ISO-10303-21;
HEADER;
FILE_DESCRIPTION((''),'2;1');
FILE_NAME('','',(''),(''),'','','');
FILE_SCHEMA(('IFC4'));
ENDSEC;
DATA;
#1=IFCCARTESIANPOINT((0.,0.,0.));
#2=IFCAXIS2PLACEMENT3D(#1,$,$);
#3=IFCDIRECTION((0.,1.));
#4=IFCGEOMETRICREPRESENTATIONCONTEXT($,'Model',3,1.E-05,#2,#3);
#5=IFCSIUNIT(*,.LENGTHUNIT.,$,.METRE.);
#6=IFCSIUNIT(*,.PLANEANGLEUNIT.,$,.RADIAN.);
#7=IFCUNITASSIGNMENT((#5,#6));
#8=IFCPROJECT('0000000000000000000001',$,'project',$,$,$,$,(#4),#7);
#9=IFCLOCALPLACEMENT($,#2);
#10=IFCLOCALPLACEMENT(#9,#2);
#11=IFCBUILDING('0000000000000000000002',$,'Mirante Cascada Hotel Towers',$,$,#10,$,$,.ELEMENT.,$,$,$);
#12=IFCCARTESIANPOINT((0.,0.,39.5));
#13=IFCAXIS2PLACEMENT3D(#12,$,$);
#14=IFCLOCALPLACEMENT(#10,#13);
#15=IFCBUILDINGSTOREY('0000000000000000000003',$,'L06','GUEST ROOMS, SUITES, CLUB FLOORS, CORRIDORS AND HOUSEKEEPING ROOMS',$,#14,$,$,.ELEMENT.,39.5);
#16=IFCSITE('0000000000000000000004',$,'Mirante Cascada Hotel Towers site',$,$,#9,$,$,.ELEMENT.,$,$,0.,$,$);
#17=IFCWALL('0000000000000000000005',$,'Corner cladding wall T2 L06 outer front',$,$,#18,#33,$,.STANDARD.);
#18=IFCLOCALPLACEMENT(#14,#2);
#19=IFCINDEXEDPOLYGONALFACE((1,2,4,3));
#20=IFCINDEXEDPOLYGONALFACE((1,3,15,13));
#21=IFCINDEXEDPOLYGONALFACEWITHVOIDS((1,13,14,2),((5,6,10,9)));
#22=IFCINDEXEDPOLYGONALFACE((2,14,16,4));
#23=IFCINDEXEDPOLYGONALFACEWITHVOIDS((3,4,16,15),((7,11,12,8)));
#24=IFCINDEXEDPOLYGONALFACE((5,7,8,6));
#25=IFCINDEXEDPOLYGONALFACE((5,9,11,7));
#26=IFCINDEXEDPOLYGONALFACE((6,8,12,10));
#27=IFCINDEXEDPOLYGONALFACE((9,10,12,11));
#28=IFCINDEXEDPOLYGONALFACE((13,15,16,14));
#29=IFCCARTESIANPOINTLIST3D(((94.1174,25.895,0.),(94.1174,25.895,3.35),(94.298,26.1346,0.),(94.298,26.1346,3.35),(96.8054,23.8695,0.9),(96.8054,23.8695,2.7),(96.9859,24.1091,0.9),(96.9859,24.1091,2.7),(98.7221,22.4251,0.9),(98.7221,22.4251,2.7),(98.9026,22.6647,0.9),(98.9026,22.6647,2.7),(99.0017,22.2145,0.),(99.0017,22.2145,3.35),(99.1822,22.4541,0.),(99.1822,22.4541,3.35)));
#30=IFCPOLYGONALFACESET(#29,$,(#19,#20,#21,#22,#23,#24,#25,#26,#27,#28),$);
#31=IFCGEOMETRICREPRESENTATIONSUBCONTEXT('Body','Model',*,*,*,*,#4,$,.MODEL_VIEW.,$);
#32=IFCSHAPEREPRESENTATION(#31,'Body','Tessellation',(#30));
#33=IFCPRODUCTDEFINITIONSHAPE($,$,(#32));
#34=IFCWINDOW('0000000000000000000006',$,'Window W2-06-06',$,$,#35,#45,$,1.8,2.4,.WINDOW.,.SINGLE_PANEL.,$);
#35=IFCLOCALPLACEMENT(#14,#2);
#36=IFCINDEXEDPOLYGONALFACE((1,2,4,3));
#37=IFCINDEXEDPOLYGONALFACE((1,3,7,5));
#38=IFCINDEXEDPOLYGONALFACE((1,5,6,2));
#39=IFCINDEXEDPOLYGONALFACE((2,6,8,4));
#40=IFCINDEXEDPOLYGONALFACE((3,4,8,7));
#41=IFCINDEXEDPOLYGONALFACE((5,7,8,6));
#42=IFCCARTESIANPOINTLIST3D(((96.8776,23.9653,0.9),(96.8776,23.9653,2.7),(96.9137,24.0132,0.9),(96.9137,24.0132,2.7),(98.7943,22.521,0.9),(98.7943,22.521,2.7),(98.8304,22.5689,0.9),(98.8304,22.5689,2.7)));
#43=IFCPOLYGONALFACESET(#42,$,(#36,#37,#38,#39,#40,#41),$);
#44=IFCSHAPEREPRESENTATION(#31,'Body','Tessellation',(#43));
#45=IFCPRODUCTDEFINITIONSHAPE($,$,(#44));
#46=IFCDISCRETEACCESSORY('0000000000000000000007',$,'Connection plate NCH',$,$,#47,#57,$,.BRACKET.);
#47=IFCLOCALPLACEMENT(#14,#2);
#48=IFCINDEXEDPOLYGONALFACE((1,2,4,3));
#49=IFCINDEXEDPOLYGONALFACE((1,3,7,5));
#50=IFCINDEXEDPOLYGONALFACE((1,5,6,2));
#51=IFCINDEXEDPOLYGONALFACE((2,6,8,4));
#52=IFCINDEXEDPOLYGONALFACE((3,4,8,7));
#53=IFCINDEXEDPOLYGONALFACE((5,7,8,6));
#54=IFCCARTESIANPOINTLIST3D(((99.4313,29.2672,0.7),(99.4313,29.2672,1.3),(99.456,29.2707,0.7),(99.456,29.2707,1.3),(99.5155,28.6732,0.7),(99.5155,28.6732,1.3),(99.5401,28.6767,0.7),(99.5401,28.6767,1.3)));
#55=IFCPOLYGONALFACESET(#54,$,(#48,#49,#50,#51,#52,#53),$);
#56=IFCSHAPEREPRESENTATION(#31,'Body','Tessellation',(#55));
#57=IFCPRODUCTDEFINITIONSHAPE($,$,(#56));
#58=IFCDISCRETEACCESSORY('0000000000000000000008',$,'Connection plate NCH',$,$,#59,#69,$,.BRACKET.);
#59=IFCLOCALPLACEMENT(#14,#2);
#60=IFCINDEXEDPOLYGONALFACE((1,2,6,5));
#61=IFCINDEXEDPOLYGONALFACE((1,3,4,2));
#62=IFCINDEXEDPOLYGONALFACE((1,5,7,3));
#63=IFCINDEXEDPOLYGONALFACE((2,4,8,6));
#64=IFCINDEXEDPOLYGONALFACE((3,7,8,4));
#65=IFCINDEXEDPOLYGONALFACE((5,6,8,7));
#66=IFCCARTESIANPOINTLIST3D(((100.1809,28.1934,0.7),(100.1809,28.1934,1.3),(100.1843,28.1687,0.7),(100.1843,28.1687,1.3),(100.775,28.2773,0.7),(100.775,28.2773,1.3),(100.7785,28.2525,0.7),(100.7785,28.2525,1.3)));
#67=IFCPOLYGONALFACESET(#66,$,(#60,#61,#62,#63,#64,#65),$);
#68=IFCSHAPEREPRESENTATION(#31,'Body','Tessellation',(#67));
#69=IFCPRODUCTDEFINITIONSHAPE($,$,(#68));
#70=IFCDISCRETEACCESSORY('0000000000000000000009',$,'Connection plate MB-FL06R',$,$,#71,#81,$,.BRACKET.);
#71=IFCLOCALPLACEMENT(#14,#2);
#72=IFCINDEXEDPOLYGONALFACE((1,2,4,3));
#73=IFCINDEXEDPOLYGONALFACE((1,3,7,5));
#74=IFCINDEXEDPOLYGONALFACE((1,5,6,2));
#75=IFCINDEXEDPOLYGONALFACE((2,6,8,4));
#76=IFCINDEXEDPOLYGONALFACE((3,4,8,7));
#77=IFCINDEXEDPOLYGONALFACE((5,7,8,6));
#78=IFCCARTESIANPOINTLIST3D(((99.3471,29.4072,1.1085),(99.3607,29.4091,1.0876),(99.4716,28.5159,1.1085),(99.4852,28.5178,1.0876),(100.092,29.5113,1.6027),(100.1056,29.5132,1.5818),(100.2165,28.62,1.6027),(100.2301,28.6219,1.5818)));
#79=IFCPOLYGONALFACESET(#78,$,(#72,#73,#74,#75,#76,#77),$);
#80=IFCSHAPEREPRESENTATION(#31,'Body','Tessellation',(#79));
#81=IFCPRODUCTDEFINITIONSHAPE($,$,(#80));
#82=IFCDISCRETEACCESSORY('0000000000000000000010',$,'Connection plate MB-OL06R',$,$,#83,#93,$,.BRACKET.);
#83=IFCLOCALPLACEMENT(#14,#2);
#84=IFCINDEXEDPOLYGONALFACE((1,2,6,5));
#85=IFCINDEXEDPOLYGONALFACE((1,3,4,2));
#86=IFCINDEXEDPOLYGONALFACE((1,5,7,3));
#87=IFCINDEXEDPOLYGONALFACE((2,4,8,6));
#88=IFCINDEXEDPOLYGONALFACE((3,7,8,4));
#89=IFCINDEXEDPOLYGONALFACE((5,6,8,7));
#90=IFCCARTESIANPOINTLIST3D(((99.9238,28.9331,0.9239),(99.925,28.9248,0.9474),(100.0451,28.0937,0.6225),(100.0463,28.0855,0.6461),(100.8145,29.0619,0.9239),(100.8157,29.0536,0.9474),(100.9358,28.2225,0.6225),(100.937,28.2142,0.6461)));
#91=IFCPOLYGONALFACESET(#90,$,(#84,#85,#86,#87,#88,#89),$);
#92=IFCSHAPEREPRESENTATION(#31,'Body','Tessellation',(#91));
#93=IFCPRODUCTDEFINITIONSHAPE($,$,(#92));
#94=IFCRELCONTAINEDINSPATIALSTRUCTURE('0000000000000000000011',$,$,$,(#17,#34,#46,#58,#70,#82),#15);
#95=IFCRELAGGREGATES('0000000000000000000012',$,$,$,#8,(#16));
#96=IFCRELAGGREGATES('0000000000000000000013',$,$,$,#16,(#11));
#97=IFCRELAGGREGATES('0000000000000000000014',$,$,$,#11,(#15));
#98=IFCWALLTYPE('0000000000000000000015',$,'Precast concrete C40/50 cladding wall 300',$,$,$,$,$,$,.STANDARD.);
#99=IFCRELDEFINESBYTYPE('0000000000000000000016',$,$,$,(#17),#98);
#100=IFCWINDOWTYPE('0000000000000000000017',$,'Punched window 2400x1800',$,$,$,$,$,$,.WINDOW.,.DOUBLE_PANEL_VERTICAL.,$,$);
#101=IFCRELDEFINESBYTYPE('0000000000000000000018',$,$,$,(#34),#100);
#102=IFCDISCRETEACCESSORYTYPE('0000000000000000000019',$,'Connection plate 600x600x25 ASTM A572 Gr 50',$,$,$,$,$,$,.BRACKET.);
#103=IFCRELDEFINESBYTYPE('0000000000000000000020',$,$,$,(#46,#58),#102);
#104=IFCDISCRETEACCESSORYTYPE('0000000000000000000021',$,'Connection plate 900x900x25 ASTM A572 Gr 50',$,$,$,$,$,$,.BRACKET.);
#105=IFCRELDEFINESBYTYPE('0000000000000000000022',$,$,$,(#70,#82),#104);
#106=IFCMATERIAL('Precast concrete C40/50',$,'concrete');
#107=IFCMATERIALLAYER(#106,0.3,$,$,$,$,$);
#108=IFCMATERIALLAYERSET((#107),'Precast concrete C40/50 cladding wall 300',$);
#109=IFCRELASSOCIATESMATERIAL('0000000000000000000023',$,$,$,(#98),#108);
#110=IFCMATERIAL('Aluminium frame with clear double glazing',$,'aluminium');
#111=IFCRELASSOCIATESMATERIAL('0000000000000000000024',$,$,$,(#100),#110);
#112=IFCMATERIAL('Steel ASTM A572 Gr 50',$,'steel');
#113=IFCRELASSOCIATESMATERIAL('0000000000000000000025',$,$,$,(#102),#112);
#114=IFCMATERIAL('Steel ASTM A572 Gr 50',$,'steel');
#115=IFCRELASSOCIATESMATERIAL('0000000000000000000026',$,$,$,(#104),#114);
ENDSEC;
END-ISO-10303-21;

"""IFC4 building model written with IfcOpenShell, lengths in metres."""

from ifc_helpers import new_model, si_unit, direction, frame, frame_2d, origin, origin_2d, place, context, subcontext, project, spatial, rectangle, extrude, material, layer, layer_set, material_profile, profile_set, type_object, element, fill, save


model = new_model("IFC4")

# Units and contexts
model_context = context("Model", 3, precision=1e-05, world=origin(), true_north=direction((0.0, 1.0)))
body_context = subcontext(model_context, "Body", "Model", "MODEL_VIEW")
ifc_project = project(units=[si_unit("LENGTHUNIT", "METRE"), si_unit("PLANEANGLEUNIT", "RADIAN")], contexts=[model_context])

# Site, building, storey
site_placement = place(None, origin())
site = spatial("IfcSite", under=ifc_project, at=site_placement, Name="Mirante Cascada Hotel Towers site", CompositionType="ELEMENT", RefElevation=0.0)
building_placement = place(site_placement, origin())
building = spatial("IfcBuilding", under=site, at=building_placement, Name="Mirante Cascada Hotel Towers", CompositionType="ELEMENT")
storey_placement = place(building_placement, frame((0.0, 0.0, 39.5)))
storey = spatial("IfcBuildingStorey", under=building, at=storey_placement, Name="L06", Description="GUEST ROOMS, SUITES, CLUB FLOORS, CORRIDORS AND HOUSEKEEPING ROOMS", CompositionType="ELEMENT", Elevation=39.5)

# Wall, opening, window
ifc_material_1 = material(Name="Precast concrete C40/50", Category="concrete")
ifc_layer_1 = layer(ifc_material_1, 0.3)
ifc_layer_set_1 = layer_set([ifc_layer_1], Name="Precast concrete C40/50 cladding wall 300")
wall_type = type_object("IfcWallType", Name="Precast concrete C40/50 cladding wall 300", PredefinedType="STANDARD", material=ifc_layer_set_1)
wall_placement = place(storey_placement, frame((99.0919, 22.3343, 0.0), z_axis=(0.0, 0.0, 1.0), x_axis=(-0.798636, 0.601814, 0.0)))
wall = element("IfcWall", 1, at=wall_placement, inside=storey, type_object=wall_type, Name="Corner cladding wall T2 L06 outer front", PredefinedType="STANDARD", context=body_context, shape_type="SweptSolid", body=[
    extrude(rectangle(XDim=6.1157, YDim=0.3, at=frame_2d((3.0578, 0.0))), origin(), (0.0, 0.0, 1.0), 3.35),
])
opening_placement = place(wall_placement, frame((0.35, 0.0, 0.9)))
opening = element("IfcOpeningElement", 2, at=opening_placement, cuts=wall, PredefinedType="OPENING", context=body_context, shape_type="SweptSolid", body=[
    extrude(rectangle(XDim=2.4, YDim=1.8, at=frame_2d((1.2, 0.9))), frame((0.0, 0.15, 0.0), z_axis=(0.0, -1.0, 0.0), x_axis=(1.0, 0.0, 0.0)), (0.0, 0.0, 1.0), 0.3),
])
ifc_material_2 = material(Name="Aluminium frame with clear double glazing", Category="aluminium")
window_type = type_object("IfcWindowType", Name="Punched window 2400x1800", PartitioningType="DOUBLE_PANEL_VERTICAL", PredefinedType="WINDOW", material=ifc_material_2)
window_placement = place(opening_placement, origin())
window = element("IfcWindow", 3, at=window_placement, inside=storey, type_object=window_type, Name="Window W2-06-06", OverallHeight=1.8, OverallWidth=2.4, PartitioningType="SINGLE_PANEL", PredefinedType="WINDOW", context=body_context, shape_type="SweptSolid", body=[
    extrude(rectangle(XDim=2.4, YDim=1.8, at=frame_2d((1.2, 0.9))), frame((0.0, 0.03, 0.0), z_axis=(0.0, -1.0, 0.0), x_axis=(1.0, 0.0, 0.0)), (0.0, 0.0, 1.0), 0.06),
])
fill(opening, window)

# Discrete accessories
ifc_material_3 = material(Name="Steel ASTM A572 Gr 50", Category="steel")
ifc_material_profile_1 = material_profile(ifc_material_3, rectangle(XDim=0.6, YDim=0.6, at=origin_2d()), Name="Connection plate 600x600x25 ASTM A572 Gr 50")
ifc_profile_set_1 = profile_set([ifc_material_profile_1], Name="Steel ASTM A572 Gr 50")
discrete_accessory_type_1 = type_object("IfcDiscreteAccessoryType", Name="Connection plate 600x600x25 ASTM A572 Gr 50", PredefinedType="BRACKET", material=ifc_profile_set_1)
discrete_accessory_1_placement = place(storey_placement, frame((99.4734, 28.9702, 1.0), z_axis=(0.990109, 0.140299, 0.0), x_axis=(-0.140299, 0.990109, 0.0)))
element("IfcDiscreteAccessory", 4, at=discrete_accessory_1_placement, inside=storey, type_object=discrete_accessory_type_1, Name="Connection plate NCH", PredefinedType="BRACKET", context=body_context, shape_type="SweptSolid", body=[
    extrude(rectangle(XDim=0.6, YDim=0.6, at=origin_2d()), origin(), (0.0, 0.0, 1.0), 0.0249),
])
discrete_accessory_2_placement = place(storey_placement, frame((100.4814, 28.2106, 1.0), z_axis=(-0.139744, 0.990188, 0.0), x_axis=(-0.990188, -0.139744, 0.0)))
element("IfcDiscreteAccessory", 5, at=discrete_accessory_2_placement, inside=storey, type_object=discrete_accessory_type_1, Name="Connection plate NCH", PredefinedType="BRACKET", context=body_context, shape_type="SweptSolid", body=[
    extrude(rectangle(XDim=0.6, YDim=0.6, at=origin_2d()), origin(), (0.0, 0.0, 1.0), 0.025),
])
ifc_material_4 = material(Name="Steel ASTM A572 Gr 50", Category="steel")
ifc_material_profile_2 = material_profile(ifc_material_4, rectangle(XDim=0.9, YDim=0.9, at=origin_2d()), Name="Connection plate 900x900x25 ASTM A572 Gr 50")
ifc_profile_set_2 = profile_set([ifc_material_profile_2], Name="Steel ASTM A572 Gr 50")
discrete_accessory_type_2 = type_object("IfcDiscreteAccessoryType", Name="Connection plate 900x900x25 ASTM A572 Gr 50", PredefinedType="BRACKET", material=ifc_profile_set_2)
for number, where, z_axis, x_axis, name in (
    (6, (99.7954, 29.0155, 1.3347), (-0.543835, -0.075977, 0.835746), (0.138362, -0.990382, 0.0), "Connection plate MB-FL06R"),
    (7, (100.4298, 28.5778, 0.7732), (0.047912, -0.331393, 0.942275), (0.98971, 0.143091, 0.0), "Connection plate MB-OL06R"),
):
    element("IfcDiscreteAccessory", number, at=place(storey_placement, frame(where, z_axis=z_axis, x_axis=x_axis)), inside=storey, type_object=discrete_accessory_type_2, Name=name, PredefinedType="BRACKET", context=body_context, shape_type="SweptSolid", body=[
        extrude(rectangle(XDim=0.9, YDim=0.9, at=origin_2d()), origin(), (0.0, 0.0, 1.0), 0.025),
    ])

save(model, "model.ifc")
